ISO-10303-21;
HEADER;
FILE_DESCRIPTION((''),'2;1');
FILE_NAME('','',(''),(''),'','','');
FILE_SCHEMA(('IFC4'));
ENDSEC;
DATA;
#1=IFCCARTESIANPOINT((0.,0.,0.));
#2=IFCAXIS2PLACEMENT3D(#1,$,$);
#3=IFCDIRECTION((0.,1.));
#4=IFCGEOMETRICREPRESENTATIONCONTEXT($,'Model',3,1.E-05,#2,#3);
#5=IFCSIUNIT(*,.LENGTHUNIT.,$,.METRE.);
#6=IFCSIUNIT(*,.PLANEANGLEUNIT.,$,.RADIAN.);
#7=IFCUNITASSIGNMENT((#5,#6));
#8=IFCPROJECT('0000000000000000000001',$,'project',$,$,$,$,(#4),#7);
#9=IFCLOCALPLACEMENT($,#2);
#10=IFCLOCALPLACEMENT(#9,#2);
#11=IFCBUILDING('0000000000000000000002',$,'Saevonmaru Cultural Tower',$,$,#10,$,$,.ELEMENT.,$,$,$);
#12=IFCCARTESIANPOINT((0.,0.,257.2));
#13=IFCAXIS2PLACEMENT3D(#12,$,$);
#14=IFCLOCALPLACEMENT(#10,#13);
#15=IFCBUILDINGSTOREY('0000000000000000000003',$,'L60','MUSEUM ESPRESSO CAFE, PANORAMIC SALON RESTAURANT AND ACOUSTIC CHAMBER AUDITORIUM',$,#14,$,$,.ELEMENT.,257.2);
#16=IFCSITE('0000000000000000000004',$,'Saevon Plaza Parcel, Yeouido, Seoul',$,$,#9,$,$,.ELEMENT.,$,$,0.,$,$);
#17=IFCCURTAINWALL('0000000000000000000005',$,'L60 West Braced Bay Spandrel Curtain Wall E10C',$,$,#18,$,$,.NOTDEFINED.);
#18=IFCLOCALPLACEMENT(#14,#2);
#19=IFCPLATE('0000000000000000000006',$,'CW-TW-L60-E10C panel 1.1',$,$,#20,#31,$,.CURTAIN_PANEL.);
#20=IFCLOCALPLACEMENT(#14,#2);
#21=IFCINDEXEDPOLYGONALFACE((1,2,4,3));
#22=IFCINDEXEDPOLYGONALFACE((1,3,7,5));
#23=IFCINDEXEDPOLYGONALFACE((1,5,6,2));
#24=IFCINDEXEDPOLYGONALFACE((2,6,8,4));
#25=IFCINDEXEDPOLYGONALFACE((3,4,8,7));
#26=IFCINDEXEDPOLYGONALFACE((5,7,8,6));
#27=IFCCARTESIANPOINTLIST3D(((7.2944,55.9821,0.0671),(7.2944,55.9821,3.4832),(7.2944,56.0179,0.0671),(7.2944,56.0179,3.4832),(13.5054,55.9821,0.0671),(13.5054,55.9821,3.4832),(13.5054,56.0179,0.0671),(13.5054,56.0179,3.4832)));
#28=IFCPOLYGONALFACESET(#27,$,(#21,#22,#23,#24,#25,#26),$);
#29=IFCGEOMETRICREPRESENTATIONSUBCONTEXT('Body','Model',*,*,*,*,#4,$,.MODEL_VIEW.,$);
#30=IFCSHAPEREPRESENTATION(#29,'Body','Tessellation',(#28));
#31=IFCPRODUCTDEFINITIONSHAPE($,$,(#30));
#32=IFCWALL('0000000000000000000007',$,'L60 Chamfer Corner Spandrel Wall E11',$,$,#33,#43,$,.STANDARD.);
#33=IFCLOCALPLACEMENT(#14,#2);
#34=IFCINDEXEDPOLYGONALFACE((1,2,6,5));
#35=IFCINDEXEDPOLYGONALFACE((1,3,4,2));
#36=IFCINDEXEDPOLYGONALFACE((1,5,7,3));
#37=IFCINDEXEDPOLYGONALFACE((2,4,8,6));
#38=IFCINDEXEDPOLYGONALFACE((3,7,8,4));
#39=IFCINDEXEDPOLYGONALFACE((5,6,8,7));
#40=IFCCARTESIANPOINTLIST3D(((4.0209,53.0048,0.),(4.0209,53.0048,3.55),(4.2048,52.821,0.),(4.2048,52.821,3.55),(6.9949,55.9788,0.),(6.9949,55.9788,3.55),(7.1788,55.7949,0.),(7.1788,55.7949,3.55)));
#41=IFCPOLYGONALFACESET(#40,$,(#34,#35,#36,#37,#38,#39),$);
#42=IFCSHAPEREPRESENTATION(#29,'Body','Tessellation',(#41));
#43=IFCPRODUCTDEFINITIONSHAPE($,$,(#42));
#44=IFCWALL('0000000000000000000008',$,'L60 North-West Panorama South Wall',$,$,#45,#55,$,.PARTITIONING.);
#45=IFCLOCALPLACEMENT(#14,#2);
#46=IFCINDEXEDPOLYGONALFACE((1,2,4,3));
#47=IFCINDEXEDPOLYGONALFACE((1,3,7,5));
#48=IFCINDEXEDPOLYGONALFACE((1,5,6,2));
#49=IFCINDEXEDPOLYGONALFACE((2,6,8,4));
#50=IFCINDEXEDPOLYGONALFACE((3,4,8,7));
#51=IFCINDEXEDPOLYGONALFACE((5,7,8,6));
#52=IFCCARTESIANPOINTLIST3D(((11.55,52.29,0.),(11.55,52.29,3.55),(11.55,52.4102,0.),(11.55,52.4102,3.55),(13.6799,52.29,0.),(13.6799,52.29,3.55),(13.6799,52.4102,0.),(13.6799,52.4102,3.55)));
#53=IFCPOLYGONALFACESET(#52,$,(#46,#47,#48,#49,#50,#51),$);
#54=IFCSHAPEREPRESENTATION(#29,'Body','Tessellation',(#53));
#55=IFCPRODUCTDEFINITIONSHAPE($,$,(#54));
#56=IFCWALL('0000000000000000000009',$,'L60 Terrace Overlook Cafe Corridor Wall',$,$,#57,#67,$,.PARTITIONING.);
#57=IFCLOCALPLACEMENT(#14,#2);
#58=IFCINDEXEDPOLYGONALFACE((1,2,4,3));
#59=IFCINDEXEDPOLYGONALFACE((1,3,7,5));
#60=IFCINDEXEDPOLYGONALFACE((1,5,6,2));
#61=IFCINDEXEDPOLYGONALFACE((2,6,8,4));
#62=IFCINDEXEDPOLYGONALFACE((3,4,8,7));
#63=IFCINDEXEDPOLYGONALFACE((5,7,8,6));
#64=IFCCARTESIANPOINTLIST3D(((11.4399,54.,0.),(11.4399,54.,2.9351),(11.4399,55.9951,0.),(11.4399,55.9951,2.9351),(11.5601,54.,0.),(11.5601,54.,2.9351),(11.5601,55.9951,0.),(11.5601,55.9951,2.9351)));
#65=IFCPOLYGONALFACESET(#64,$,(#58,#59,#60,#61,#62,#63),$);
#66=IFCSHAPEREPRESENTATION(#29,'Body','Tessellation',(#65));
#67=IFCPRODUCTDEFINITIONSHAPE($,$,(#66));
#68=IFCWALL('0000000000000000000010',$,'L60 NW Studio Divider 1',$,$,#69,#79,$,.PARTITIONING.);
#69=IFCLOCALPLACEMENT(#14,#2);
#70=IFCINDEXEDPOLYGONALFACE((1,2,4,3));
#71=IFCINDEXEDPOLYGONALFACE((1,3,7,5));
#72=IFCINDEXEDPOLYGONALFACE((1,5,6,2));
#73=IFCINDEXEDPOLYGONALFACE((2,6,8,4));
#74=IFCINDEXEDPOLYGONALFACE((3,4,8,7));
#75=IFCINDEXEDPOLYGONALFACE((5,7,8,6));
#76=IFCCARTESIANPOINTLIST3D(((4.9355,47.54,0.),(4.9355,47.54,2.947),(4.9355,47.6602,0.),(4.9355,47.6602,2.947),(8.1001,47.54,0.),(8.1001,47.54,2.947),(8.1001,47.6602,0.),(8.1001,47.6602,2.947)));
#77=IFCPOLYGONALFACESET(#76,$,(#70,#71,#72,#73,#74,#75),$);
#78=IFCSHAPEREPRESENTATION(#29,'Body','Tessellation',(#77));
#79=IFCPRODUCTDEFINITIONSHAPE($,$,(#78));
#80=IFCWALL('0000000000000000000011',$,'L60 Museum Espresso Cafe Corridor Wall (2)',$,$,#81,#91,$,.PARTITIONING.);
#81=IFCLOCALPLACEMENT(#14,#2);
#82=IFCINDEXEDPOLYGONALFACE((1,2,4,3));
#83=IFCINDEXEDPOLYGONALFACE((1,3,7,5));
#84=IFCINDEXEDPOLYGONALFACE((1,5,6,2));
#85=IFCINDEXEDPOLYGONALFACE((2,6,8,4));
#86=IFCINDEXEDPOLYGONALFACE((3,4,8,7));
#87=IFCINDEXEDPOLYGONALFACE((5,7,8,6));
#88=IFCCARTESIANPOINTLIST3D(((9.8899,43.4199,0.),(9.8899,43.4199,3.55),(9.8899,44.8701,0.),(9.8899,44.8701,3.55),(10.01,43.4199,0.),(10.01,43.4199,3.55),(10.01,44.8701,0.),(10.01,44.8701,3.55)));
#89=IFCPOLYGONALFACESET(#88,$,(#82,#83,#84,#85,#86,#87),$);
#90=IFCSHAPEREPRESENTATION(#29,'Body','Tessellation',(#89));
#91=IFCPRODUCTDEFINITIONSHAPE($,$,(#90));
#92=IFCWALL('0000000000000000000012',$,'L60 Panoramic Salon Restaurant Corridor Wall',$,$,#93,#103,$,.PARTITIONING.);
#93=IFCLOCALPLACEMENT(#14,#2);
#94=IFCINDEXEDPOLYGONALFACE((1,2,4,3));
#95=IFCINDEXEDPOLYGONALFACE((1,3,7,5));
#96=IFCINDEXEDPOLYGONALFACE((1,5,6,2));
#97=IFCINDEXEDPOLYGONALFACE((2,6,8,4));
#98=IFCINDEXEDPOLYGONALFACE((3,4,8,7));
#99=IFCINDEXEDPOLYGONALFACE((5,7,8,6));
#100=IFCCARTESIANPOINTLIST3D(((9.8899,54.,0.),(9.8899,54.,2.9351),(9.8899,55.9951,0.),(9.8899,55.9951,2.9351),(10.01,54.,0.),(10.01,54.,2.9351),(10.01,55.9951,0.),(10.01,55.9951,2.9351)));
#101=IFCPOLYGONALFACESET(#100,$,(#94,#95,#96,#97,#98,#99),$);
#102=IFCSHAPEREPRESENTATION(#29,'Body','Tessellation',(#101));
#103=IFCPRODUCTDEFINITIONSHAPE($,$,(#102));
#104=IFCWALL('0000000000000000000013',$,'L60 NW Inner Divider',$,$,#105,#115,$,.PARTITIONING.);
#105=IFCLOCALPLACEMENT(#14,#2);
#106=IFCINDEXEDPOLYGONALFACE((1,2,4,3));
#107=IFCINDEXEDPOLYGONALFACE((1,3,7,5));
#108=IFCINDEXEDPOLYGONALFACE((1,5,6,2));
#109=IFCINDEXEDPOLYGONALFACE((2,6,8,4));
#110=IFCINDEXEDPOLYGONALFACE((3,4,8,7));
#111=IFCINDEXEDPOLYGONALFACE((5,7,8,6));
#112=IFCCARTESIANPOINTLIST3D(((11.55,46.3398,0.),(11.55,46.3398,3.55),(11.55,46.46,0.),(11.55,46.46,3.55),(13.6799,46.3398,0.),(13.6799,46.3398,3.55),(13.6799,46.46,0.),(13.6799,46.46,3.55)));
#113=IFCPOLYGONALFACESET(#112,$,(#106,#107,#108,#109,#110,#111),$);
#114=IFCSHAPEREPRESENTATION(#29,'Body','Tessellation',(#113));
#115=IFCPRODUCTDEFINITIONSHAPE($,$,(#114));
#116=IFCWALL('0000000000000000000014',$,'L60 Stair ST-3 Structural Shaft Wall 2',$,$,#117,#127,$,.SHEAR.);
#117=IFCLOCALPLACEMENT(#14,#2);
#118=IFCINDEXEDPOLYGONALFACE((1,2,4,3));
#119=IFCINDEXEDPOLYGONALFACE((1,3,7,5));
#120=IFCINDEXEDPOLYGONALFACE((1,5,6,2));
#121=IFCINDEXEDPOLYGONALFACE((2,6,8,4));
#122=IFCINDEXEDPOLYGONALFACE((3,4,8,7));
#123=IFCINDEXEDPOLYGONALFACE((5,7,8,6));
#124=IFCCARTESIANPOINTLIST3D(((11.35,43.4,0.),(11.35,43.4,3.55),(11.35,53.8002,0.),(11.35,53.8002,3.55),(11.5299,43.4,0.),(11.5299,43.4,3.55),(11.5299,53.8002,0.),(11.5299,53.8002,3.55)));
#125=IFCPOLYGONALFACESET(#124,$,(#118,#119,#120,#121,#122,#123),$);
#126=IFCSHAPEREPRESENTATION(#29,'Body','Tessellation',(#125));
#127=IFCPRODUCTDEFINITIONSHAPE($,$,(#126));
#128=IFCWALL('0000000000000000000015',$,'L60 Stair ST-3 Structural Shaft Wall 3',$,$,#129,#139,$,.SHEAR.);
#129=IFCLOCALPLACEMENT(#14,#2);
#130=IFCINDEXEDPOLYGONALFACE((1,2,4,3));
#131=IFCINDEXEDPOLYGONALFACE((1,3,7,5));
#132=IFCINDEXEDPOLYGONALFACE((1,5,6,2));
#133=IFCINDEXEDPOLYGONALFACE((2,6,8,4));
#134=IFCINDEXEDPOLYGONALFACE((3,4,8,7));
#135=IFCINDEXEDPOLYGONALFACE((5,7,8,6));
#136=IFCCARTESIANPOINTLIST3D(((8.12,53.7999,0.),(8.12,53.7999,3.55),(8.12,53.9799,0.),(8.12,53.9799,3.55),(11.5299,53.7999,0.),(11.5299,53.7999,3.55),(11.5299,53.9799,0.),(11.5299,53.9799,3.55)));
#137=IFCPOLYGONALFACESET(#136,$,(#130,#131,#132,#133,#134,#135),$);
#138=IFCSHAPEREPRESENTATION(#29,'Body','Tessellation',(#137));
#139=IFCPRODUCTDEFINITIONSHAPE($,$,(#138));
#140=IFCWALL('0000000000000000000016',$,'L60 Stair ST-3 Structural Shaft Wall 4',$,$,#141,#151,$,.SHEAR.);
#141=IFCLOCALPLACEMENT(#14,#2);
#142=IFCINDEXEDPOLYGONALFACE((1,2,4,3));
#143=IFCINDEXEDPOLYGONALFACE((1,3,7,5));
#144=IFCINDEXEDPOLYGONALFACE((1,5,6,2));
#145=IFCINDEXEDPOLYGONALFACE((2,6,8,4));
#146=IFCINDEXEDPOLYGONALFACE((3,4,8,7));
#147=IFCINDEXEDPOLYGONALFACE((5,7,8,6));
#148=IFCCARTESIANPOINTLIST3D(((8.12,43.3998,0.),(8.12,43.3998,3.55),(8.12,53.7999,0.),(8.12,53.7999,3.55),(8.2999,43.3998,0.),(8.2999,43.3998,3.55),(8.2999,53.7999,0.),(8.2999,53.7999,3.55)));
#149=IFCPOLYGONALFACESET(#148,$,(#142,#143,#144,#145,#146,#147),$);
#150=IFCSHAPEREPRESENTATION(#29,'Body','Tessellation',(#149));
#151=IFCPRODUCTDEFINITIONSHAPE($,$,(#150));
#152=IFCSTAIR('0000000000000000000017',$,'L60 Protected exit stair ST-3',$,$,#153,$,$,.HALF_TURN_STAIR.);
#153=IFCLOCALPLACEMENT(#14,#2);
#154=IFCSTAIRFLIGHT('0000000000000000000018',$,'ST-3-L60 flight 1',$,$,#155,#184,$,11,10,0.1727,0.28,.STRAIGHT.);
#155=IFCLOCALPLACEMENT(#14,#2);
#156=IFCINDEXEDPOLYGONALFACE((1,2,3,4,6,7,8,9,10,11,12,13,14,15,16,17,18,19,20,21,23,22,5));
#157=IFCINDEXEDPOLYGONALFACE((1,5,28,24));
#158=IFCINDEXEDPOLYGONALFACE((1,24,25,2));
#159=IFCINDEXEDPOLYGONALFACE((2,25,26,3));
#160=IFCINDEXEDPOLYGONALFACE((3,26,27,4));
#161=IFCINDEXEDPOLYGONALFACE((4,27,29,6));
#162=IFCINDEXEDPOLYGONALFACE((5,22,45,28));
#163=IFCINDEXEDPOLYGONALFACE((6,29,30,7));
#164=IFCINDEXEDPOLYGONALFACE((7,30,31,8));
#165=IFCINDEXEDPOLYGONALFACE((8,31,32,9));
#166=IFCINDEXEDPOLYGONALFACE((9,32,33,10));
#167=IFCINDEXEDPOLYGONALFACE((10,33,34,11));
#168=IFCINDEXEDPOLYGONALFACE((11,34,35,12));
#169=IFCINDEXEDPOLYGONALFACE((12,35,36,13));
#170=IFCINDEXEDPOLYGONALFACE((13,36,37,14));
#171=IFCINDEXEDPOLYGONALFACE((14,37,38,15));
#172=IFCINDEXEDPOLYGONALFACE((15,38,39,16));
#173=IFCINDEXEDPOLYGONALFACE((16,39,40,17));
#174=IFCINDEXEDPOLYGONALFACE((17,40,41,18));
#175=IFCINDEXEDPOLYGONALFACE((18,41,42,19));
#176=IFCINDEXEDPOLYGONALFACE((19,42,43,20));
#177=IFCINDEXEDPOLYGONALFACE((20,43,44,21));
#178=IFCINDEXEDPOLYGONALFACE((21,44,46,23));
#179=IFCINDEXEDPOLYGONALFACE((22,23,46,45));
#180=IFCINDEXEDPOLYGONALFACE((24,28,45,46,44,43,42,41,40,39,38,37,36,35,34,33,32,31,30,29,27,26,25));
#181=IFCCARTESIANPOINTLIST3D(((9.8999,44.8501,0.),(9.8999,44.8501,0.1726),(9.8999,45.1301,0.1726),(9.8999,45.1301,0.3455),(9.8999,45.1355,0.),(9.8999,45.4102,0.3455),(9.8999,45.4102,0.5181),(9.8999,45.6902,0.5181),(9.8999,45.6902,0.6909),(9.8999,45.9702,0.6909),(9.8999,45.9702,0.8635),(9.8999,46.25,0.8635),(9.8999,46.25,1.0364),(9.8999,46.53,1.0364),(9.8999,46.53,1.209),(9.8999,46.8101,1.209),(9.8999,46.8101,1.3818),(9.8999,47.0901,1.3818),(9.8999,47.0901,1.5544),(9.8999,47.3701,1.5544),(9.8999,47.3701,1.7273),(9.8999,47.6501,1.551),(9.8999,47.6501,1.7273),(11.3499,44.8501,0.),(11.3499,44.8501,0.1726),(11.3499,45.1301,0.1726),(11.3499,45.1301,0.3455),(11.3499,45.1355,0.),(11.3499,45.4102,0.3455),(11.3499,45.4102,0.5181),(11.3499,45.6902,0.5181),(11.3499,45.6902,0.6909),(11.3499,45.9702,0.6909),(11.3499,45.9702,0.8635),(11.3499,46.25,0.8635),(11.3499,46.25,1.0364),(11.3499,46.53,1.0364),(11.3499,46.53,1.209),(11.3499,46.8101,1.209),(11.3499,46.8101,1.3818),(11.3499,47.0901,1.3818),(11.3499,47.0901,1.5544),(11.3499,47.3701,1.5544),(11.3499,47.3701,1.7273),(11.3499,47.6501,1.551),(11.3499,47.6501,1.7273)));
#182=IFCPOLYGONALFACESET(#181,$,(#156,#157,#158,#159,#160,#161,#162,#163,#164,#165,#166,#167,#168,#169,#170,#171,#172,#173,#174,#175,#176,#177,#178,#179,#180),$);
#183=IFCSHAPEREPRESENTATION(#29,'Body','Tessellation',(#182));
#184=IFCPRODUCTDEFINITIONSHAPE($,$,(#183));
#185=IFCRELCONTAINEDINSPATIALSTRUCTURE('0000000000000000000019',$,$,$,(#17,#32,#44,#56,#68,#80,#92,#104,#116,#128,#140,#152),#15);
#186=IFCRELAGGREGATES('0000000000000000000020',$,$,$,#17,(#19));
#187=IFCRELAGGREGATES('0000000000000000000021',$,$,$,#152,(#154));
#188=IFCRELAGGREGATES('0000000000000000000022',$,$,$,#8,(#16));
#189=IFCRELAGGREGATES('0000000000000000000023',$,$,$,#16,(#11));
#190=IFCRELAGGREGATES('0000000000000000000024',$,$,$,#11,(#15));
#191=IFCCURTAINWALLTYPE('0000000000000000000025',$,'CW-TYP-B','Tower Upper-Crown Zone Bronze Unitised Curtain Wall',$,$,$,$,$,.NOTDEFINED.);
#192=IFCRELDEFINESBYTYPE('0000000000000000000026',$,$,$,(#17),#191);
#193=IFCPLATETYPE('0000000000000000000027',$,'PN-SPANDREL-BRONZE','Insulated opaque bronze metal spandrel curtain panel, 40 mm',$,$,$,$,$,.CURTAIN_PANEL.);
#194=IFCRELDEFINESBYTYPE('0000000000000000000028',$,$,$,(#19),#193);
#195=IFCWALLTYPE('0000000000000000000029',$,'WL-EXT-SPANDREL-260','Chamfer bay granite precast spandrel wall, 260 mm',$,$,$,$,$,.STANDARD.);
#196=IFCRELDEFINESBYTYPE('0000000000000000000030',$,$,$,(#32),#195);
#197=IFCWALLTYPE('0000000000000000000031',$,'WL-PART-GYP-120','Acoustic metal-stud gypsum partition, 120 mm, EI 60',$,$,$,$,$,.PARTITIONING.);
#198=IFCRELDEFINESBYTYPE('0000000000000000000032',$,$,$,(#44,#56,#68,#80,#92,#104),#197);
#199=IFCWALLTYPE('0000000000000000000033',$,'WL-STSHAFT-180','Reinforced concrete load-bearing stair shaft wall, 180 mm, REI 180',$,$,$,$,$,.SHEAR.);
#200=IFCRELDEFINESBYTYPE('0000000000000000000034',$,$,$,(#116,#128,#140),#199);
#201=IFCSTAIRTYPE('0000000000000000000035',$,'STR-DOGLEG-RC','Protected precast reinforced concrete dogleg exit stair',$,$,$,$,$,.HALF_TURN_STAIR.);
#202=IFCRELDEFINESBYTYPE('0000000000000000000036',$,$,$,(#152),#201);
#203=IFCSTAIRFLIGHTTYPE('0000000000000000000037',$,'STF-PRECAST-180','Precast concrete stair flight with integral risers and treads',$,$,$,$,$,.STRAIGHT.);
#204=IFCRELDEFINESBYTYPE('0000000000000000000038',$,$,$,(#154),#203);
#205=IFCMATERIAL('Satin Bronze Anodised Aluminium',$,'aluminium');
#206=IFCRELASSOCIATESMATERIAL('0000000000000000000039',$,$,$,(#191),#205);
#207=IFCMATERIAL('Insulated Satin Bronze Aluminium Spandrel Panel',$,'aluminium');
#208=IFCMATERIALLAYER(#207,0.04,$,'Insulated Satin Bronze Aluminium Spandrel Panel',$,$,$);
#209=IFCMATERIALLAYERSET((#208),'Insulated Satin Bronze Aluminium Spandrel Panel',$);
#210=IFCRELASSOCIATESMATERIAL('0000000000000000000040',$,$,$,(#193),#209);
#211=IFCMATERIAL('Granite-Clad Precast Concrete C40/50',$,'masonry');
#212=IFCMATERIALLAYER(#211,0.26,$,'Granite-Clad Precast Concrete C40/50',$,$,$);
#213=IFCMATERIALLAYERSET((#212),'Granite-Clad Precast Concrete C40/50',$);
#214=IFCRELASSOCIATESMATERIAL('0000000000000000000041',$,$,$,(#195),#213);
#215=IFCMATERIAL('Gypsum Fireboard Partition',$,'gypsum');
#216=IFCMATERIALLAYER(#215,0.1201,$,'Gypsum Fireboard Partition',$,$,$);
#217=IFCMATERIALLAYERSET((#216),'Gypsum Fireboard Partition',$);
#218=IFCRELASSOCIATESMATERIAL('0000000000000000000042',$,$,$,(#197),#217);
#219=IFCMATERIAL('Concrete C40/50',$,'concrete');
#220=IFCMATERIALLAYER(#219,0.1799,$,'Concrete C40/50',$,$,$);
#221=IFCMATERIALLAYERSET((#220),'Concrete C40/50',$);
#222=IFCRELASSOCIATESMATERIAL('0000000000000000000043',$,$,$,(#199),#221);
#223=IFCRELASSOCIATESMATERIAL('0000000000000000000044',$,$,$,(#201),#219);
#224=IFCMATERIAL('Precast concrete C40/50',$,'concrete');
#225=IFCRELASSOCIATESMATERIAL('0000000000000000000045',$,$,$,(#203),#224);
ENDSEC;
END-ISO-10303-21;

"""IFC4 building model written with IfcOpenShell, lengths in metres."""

from ifc_helpers import new_model, si_unit, direction, frame, frame_2d, origin, origin_2d, place, context, subcontext, project, spatial, polyline, rectangle, outline, extrude, material, layer, layer_set, type_object, element, aggregate, save


model = new_model("IFC4")

# Units and contexts
model_context = context("Model", 3, precision=1e-05, world=origin(), true_north=direction((0.0, 1.0)))
body_context = subcontext(model_context, "Body", "Model", "MODEL_VIEW")
ifc_project = project(units=[si_unit("LENGTHUNIT", "METRE"), si_unit("PLANEANGLEUNIT", "RADIAN")], contexts=[model_context])

# Site, building, storey
site_placement = place(None, origin())
site = spatial("IfcSite", under=ifc_project, at=site_placement, Name="Saevon Plaza Parcel, Yeouido, Seoul", CompositionType="ELEMENT", RefElevation=0.0)
building_placement = place(site_placement, origin())
building = spatial("IfcBuilding", under=site, at=building_placement, Name="Saevonmaru Cultural Tower", CompositionType="ELEMENT")
storey_placement = place(building_placement, frame((0.0, 0.0, 257.2)))
storey = spatial("IfcBuildingStorey", under=building, at=storey_placement, Name="L60", Description="MUSEUM ESPRESSO CAFE, PANORAMIC SALON RESTAURANT AND ACOUSTIC CHAMBER AUDITORIUM", CompositionType="ELEMENT", Elevation=257.2)

# Curtain wall
ifc_material_1 = material(Name="Satin Bronze Anodised Aluminium", Category="aluminium")
curtain_wall_type = type_object("IfcCurtainWallType", Name="CW-TYP-B", Description="Tower Upper-Crown Zone Bronze Unitised Curtain Wall", PredefinedType="NOTDEFINED", material=ifc_material_1)
curtain_wall_1_placement = place(storey_placement, origin())
curtain_wall_1 = element("IfcCurtainWall", 1, at=curtain_wall_1_placement, inside=storey, type_object=curtain_wall_type, Name="L60 West Braced Bay Spandrel Curtain Wall E10C", PredefinedType="NOTDEFINED")

# Plate
ifc_material_2 = material(Name="Insulated Satin Bronze Aluminium Spandrel Panel", Category="aluminium")
ifc_layer_1 = layer(ifc_material_2, 0.04, Name="Insulated Satin Bronze Aluminium Spandrel Panel")
ifc_layer_set_1 = layer_set([ifc_layer_1], Name="Insulated Satin Bronze Aluminium Spandrel Panel")
plate_type_1 = type_object("IfcPlateType", Name="PN-SPANDREL-BRONZE", Description="Insulated opaque bronze metal spandrel curtain panel, 40 mm", PredefinedType="CURTAIN_PANEL", material=ifc_layer_set_1)
plate_1_placement = place(storey_placement, frame((10.3999, 56.0, 0.0671), z_axis=(0.0, 0.0, 1.0), x_axis=(-1.0, 0.0, 0.0)))
plate_1 = element("IfcPlate", 2, at=plate_1_placement, type_object=plate_type_1, Name="CW-TW-L60-E10C panel 1.1", PredefinedType="CURTAIN_PANEL", context=body_context, shape_type="SweptSolid", body=[
    extrude(rectangle(XDim=6.2109, YDim=0.0359, at=origin_2d()), origin(), (0.0, 0.0, 1.0), 3.416),
])
aggregate(curtain_wall_1, [plate_1])

# Walls
ifc_material_3 = material(Name="Granite-Clad Precast Concrete C40/50", Category="masonry")
ifc_layer_2 = layer(ifc_material_3, 0.26, Name="Granite-Clad Precast Concrete C40/50")
ifc_layer_set_2 = layer_set([ifc_layer_2], Name="Granite-Clad Precast Concrete C40/50")
wall_type_1 = type_object("IfcWallType", Name="WL-EXT-SPANDREL-260", Description="Chamfer bay granite precast spandrel wall, 260 mm", PredefinedType="STANDARD", material=ifc_layer_set_2)
wall_1_placement = place(storey_placement, frame((7.0869, 55.887, 0.0), z_axis=(0.0, 0.0, 1.0), x_axis=(-0.707107, -0.707107, 0.0)))
element("IfcWall", 3, at=wall_1_placement, inside=storey, type_object=wall_type_1, Name="L60 Chamfer Corner Spandrel Wall E11", PredefinedType="STANDARD", context=body_context, shape_type="SweptSolid", body=[
    extrude(rectangle(XDim=4.2058, YDim=0.26, at=frame_2d((2.103, 0.0))), origin(), (0.0, 0.0, 1.0), 3.55),
])
ifc_material_4 = material(Name="Gypsum Fireboard Partition", Category="gypsum")
ifc_layer_3 = layer(ifc_material_4, 0.1201, Name="Gypsum Fireboard Partition")
ifc_layer_set_3 = layer_set([ifc_layer_3], Name="Gypsum Fireboard Partition")
wall_type_2 = type_object("IfcWallType", Name="WL-PART-GYP-120", Description="Acoustic metal-stud gypsum partition, 120 mm, EI 60", PredefinedType="PARTITIONING", material=ifc_layer_set_3)
wall_2_placement = place(storey_placement, frame((11.55, 52.3501, 0.0), z_axis=(0.0, 0.0, 1.0), x_axis=(1.0, 0.0, 0.0)))
element("IfcWall", 4, at=wall_2_placement, inside=storey, type_object=wall_type_2, Name="L60 North-West Panorama South Wall", PredefinedType="PARTITIONING", context=body_context, shape_type="SweptSolid", body=[
    extrude(rectangle(XDim=2.1299, YDim=0.1201, at=frame_2d((1.0649, 0.0))), origin(), (0.0, 0.0, 1.0), 3.55),
])
wall_3_placement = place(storey_placement, frame((11.5, 54.0, 0.0), z_axis=(0.0, 0.0, 1.0), x_axis=(0.0, 1.0, 0.0)))
element("IfcWall", 5, at=wall_3_placement, inside=storey, type_object=wall_type_2, Name="L60 Terrace Overlook Cafe Corridor Wall", PredefinedType="PARTITIONING", context=body_context, shape_type="SweptSolid", body=[
    extrude(rectangle(XDim=1.9951, YDim=0.1201, at=frame_2d((0.9976, 0.0))), origin(), (0.0, 0.0, 1.0), 2.9351),
])
wall_4_placement = place(storey_placement, frame((4.9355, 47.6001, 0.0), z_axis=(0.0, 0.0, 1.0), x_axis=(1.0, 0.0, 0.0)))
element("IfcWall", 6, at=wall_4_placement, inside=storey, type_object=wall_type_2, Name="L60 NW Studio Divider 1", PredefinedType="PARTITIONING", context=body_context, shape_type="SweptSolid", body=[
    extrude(rectangle(XDim=3.1646, YDim=0.1201, at=frame_2d((1.5823, 0.0))), origin(), (0.0, 0.0, 1.0), 2.947),
])
wall_5_placement = place(storey_placement, frame((9.95, 43.4199, 0.0), z_axis=(0.0, 0.0, 1.0), x_axis=(0.0, 1.0, 0.0)))
element("IfcWall", 7, at=wall_5_placement, inside=storey, type_object=wall_type_2, Name="L60 Museum Espresso Cafe Corridor Wall (2)", PredefinedType="PARTITIONING", context=body_context, shape_type="SweptSolid", body=[
    extrude(rectangle(XDim=1.4502, YDim=0.1201, at=frame_2d((0.7251, 0.0))), origin(), (0.0, 0.0, 1.0), 3.55),
])
wall_6_placement = place(storey_placement, frame((9.95, 54.0, 0.0), z_axis=(0.0, 0.0, 1.0), x_axis=(0.0, 1.0, 0.0)))
element("IfcWall", 8, at=wall_6_placement, inside=storey, type_object=wall_type_2, Name="L60 Panoramic Salon Restaurant Corridor Wall", PredefinedType="PARTITIONING", context=body_context, shape_type="SweptSolid", body=[
    extrude(rectangle(XDim=1.9951, YDim=0.1201, at=frame_2d((0.9976, 0.0))), origin(), (0.0, 0.0, 1.0), 2.9351),
])
wall_7_placement = place(storey_placement, frame((11.55, 46.3999, 0.0), z_axis=(0.0, 0.0, 1.0), x_axis=(1.0, 0.0, 0.0)))
element("IfcWall", 9, at=wall_7_placement, inside=storey, type_object=wall_type_2, Name="L60 NW Inner Divider", PredefinedType="PARTITIONING", context=body_context, shape_type="SweptSolid", body=[
    extrude(rectangle(XDim=2.1299, YDim=0.1201, at=frame_2d((1.0649, 0.0))), origin(), (0.0, 0.0, 1.0), 3.55),
])
ifc_material_5 = material(Name="Concrete C40/50", Category="concrete")
ifc_layer_4 = layer(ifc_material_5, 0.1799, Name="Concrete C40/50")
ifc_layer_set_4 = layer_set([ifc_layer_4], Name="Concrete C40/50")
wall_type_3 = type_object("IfcWallType", Name="WL-STSHAFT-180", Description="Reinforced concrete load-bearing stair shaft wall, 180 mm, REI 180", PredefinedType="SHEAR", material=ifc_layer_set_4)
wall_8_placement = place(storey_placement, frame((11.4399, 43.3999, 0.0), z_axis=(0.0, 0.0, 1.0), x_axis=(0.0, 1.0, 0.0)))
element("IfcWall", 10, at=wall_8_placement, inside=storey, type_object=wall_type_3, Name="L60 Stair ST-3 Structural Shaft Wall 2", PredefinedType="SHEAR", context=body_context, shape_type="SweptSolid", body=[
    extrude(rectangle(XDim=10.4001, YDim=0.1799, at=frame_2d((5.2002, 0.0))), origin(), (0.0, 0.0, 1.0), 3.55),
])
wall_9_placement = place(storey_placement, frame((11.53, 53.8899, 0.0), z_axis=(0.0, 0.0, 1.0), x_axis=(-1.0, 0.0, 0.0)))
element("IfcWall", 11, at=wall_9_placement, inside=storey, type_object=wall_type_3, Name="L60 Stair ST-3 Structural Shaft Wall 3", PredefinedType="SHEAR", context=body_context, shape_type="SweptSolid", body=[
    extrude(rectangle(XDim=3.4099, YDim=0.1799, at=frame_2d((1.7051, 0.0))), origin(), (0.0, 0.0, 1.0), 3.55),
])
wall_10_placement = place(storey_placement, frame((8.21, 53.8, 0.0), z_axis=(0.0, 0.0, 1.0), x_axis=(0.0, -1.0, 0.0)))
element("IfcWall", 12, at=wall_10_placement, inside=storey, type_object=wall_type_3, Name="L60 Stair ST-3 Structural Shaft Wall 4", PredefinedType="SHEAR", context=body_context, shape_type="SweptSolid", body=[
    extrude(rectangle(XDim=10.4001, YDim=0.1799, at=frame_2d((5.2002, 0.0))), origin(), (0.0, 0.0, 1.0), 3.55),
])

# Stair, stair flight
stair_type = type_object("IfcStairType", Name="STR-DOGLEG-RC", Description="Protected precast reinforced concrete dogleg exit stair", PredefinedType="HALF_TURN_STAIR", material=ifc_material_5)
stair_placement = place(storey_placement, origin())
stair = element("IfcStair", 13, at=stair_placement, inside=storey, type_object=stair_type, Name="L60 Protected exit stair ST-3", PredefinedType="HALF_TURN_STAIR")
ifc_material_6 = material(Name="Precast concrete C40/50", Category="concrete")
stair_flight_type = type_object("IfcStairFlightType", Name="STF-PRECAST-180", Description="Precast concrete stair flight with integral risers and treads", PredefinedType="STRAIGHT", material=ifc_material_6)
stair_flight_1_placement = place(storey_placement, frame((10.625, 44.8501, 0.0), z_axis=(0.0, 0.0, 1.0), x_axis=(0.0, 1.0, 0.0)))
stair_flight_1 = element("IfcStairFlight", 14, at=stair_flight_1_placement, type_object=stair_flight_type, Name="ST-3-L60 flight 1", NumberOfRisers=11, NumberOfTreads=10, PredefinedType="STRAIGHT", RiserHeight=0.1727, TreadLength=0.28, context=body_context, shape_type="SweptSolid", body=[
    extrude(outline(polyline([(0.0, 0.0), (0.0, 0.1726), (0.28, 0.1726), (0.28, 0.3455), (0.5601, 0.3455), (0.5601, 0.5181), (0.8401, 0.5181), (0.8401, 0.6909), (1.1201, 0.6909), (1.1201, 0.8635), (1.3999, 0.8635), (1.3999, 1.0364), (1.6799, 1.0364), (1.6799, 1.209), (1.96, 1.209), (1.96, 1.3818), (2.24, 1.3818), (2.24, 1.5544), (2.52, 1.5544), (2.52, 1.7273), (2.8, 1.7273), (2.8, 1.8999), (2.8, 1.551), (0.2854, 0.0), (0.0, 0.0)])), frame((0.0, 0.7251, 0.0), z_axis=(0.0, -1.0, 0.0), x_axis=(1.0, 0.0, 0.0)), (0.0, 0.0, 1.0), 1.45),
])
aggregate(stair, [stair_flight_1])

save(model, "model.ifc")
